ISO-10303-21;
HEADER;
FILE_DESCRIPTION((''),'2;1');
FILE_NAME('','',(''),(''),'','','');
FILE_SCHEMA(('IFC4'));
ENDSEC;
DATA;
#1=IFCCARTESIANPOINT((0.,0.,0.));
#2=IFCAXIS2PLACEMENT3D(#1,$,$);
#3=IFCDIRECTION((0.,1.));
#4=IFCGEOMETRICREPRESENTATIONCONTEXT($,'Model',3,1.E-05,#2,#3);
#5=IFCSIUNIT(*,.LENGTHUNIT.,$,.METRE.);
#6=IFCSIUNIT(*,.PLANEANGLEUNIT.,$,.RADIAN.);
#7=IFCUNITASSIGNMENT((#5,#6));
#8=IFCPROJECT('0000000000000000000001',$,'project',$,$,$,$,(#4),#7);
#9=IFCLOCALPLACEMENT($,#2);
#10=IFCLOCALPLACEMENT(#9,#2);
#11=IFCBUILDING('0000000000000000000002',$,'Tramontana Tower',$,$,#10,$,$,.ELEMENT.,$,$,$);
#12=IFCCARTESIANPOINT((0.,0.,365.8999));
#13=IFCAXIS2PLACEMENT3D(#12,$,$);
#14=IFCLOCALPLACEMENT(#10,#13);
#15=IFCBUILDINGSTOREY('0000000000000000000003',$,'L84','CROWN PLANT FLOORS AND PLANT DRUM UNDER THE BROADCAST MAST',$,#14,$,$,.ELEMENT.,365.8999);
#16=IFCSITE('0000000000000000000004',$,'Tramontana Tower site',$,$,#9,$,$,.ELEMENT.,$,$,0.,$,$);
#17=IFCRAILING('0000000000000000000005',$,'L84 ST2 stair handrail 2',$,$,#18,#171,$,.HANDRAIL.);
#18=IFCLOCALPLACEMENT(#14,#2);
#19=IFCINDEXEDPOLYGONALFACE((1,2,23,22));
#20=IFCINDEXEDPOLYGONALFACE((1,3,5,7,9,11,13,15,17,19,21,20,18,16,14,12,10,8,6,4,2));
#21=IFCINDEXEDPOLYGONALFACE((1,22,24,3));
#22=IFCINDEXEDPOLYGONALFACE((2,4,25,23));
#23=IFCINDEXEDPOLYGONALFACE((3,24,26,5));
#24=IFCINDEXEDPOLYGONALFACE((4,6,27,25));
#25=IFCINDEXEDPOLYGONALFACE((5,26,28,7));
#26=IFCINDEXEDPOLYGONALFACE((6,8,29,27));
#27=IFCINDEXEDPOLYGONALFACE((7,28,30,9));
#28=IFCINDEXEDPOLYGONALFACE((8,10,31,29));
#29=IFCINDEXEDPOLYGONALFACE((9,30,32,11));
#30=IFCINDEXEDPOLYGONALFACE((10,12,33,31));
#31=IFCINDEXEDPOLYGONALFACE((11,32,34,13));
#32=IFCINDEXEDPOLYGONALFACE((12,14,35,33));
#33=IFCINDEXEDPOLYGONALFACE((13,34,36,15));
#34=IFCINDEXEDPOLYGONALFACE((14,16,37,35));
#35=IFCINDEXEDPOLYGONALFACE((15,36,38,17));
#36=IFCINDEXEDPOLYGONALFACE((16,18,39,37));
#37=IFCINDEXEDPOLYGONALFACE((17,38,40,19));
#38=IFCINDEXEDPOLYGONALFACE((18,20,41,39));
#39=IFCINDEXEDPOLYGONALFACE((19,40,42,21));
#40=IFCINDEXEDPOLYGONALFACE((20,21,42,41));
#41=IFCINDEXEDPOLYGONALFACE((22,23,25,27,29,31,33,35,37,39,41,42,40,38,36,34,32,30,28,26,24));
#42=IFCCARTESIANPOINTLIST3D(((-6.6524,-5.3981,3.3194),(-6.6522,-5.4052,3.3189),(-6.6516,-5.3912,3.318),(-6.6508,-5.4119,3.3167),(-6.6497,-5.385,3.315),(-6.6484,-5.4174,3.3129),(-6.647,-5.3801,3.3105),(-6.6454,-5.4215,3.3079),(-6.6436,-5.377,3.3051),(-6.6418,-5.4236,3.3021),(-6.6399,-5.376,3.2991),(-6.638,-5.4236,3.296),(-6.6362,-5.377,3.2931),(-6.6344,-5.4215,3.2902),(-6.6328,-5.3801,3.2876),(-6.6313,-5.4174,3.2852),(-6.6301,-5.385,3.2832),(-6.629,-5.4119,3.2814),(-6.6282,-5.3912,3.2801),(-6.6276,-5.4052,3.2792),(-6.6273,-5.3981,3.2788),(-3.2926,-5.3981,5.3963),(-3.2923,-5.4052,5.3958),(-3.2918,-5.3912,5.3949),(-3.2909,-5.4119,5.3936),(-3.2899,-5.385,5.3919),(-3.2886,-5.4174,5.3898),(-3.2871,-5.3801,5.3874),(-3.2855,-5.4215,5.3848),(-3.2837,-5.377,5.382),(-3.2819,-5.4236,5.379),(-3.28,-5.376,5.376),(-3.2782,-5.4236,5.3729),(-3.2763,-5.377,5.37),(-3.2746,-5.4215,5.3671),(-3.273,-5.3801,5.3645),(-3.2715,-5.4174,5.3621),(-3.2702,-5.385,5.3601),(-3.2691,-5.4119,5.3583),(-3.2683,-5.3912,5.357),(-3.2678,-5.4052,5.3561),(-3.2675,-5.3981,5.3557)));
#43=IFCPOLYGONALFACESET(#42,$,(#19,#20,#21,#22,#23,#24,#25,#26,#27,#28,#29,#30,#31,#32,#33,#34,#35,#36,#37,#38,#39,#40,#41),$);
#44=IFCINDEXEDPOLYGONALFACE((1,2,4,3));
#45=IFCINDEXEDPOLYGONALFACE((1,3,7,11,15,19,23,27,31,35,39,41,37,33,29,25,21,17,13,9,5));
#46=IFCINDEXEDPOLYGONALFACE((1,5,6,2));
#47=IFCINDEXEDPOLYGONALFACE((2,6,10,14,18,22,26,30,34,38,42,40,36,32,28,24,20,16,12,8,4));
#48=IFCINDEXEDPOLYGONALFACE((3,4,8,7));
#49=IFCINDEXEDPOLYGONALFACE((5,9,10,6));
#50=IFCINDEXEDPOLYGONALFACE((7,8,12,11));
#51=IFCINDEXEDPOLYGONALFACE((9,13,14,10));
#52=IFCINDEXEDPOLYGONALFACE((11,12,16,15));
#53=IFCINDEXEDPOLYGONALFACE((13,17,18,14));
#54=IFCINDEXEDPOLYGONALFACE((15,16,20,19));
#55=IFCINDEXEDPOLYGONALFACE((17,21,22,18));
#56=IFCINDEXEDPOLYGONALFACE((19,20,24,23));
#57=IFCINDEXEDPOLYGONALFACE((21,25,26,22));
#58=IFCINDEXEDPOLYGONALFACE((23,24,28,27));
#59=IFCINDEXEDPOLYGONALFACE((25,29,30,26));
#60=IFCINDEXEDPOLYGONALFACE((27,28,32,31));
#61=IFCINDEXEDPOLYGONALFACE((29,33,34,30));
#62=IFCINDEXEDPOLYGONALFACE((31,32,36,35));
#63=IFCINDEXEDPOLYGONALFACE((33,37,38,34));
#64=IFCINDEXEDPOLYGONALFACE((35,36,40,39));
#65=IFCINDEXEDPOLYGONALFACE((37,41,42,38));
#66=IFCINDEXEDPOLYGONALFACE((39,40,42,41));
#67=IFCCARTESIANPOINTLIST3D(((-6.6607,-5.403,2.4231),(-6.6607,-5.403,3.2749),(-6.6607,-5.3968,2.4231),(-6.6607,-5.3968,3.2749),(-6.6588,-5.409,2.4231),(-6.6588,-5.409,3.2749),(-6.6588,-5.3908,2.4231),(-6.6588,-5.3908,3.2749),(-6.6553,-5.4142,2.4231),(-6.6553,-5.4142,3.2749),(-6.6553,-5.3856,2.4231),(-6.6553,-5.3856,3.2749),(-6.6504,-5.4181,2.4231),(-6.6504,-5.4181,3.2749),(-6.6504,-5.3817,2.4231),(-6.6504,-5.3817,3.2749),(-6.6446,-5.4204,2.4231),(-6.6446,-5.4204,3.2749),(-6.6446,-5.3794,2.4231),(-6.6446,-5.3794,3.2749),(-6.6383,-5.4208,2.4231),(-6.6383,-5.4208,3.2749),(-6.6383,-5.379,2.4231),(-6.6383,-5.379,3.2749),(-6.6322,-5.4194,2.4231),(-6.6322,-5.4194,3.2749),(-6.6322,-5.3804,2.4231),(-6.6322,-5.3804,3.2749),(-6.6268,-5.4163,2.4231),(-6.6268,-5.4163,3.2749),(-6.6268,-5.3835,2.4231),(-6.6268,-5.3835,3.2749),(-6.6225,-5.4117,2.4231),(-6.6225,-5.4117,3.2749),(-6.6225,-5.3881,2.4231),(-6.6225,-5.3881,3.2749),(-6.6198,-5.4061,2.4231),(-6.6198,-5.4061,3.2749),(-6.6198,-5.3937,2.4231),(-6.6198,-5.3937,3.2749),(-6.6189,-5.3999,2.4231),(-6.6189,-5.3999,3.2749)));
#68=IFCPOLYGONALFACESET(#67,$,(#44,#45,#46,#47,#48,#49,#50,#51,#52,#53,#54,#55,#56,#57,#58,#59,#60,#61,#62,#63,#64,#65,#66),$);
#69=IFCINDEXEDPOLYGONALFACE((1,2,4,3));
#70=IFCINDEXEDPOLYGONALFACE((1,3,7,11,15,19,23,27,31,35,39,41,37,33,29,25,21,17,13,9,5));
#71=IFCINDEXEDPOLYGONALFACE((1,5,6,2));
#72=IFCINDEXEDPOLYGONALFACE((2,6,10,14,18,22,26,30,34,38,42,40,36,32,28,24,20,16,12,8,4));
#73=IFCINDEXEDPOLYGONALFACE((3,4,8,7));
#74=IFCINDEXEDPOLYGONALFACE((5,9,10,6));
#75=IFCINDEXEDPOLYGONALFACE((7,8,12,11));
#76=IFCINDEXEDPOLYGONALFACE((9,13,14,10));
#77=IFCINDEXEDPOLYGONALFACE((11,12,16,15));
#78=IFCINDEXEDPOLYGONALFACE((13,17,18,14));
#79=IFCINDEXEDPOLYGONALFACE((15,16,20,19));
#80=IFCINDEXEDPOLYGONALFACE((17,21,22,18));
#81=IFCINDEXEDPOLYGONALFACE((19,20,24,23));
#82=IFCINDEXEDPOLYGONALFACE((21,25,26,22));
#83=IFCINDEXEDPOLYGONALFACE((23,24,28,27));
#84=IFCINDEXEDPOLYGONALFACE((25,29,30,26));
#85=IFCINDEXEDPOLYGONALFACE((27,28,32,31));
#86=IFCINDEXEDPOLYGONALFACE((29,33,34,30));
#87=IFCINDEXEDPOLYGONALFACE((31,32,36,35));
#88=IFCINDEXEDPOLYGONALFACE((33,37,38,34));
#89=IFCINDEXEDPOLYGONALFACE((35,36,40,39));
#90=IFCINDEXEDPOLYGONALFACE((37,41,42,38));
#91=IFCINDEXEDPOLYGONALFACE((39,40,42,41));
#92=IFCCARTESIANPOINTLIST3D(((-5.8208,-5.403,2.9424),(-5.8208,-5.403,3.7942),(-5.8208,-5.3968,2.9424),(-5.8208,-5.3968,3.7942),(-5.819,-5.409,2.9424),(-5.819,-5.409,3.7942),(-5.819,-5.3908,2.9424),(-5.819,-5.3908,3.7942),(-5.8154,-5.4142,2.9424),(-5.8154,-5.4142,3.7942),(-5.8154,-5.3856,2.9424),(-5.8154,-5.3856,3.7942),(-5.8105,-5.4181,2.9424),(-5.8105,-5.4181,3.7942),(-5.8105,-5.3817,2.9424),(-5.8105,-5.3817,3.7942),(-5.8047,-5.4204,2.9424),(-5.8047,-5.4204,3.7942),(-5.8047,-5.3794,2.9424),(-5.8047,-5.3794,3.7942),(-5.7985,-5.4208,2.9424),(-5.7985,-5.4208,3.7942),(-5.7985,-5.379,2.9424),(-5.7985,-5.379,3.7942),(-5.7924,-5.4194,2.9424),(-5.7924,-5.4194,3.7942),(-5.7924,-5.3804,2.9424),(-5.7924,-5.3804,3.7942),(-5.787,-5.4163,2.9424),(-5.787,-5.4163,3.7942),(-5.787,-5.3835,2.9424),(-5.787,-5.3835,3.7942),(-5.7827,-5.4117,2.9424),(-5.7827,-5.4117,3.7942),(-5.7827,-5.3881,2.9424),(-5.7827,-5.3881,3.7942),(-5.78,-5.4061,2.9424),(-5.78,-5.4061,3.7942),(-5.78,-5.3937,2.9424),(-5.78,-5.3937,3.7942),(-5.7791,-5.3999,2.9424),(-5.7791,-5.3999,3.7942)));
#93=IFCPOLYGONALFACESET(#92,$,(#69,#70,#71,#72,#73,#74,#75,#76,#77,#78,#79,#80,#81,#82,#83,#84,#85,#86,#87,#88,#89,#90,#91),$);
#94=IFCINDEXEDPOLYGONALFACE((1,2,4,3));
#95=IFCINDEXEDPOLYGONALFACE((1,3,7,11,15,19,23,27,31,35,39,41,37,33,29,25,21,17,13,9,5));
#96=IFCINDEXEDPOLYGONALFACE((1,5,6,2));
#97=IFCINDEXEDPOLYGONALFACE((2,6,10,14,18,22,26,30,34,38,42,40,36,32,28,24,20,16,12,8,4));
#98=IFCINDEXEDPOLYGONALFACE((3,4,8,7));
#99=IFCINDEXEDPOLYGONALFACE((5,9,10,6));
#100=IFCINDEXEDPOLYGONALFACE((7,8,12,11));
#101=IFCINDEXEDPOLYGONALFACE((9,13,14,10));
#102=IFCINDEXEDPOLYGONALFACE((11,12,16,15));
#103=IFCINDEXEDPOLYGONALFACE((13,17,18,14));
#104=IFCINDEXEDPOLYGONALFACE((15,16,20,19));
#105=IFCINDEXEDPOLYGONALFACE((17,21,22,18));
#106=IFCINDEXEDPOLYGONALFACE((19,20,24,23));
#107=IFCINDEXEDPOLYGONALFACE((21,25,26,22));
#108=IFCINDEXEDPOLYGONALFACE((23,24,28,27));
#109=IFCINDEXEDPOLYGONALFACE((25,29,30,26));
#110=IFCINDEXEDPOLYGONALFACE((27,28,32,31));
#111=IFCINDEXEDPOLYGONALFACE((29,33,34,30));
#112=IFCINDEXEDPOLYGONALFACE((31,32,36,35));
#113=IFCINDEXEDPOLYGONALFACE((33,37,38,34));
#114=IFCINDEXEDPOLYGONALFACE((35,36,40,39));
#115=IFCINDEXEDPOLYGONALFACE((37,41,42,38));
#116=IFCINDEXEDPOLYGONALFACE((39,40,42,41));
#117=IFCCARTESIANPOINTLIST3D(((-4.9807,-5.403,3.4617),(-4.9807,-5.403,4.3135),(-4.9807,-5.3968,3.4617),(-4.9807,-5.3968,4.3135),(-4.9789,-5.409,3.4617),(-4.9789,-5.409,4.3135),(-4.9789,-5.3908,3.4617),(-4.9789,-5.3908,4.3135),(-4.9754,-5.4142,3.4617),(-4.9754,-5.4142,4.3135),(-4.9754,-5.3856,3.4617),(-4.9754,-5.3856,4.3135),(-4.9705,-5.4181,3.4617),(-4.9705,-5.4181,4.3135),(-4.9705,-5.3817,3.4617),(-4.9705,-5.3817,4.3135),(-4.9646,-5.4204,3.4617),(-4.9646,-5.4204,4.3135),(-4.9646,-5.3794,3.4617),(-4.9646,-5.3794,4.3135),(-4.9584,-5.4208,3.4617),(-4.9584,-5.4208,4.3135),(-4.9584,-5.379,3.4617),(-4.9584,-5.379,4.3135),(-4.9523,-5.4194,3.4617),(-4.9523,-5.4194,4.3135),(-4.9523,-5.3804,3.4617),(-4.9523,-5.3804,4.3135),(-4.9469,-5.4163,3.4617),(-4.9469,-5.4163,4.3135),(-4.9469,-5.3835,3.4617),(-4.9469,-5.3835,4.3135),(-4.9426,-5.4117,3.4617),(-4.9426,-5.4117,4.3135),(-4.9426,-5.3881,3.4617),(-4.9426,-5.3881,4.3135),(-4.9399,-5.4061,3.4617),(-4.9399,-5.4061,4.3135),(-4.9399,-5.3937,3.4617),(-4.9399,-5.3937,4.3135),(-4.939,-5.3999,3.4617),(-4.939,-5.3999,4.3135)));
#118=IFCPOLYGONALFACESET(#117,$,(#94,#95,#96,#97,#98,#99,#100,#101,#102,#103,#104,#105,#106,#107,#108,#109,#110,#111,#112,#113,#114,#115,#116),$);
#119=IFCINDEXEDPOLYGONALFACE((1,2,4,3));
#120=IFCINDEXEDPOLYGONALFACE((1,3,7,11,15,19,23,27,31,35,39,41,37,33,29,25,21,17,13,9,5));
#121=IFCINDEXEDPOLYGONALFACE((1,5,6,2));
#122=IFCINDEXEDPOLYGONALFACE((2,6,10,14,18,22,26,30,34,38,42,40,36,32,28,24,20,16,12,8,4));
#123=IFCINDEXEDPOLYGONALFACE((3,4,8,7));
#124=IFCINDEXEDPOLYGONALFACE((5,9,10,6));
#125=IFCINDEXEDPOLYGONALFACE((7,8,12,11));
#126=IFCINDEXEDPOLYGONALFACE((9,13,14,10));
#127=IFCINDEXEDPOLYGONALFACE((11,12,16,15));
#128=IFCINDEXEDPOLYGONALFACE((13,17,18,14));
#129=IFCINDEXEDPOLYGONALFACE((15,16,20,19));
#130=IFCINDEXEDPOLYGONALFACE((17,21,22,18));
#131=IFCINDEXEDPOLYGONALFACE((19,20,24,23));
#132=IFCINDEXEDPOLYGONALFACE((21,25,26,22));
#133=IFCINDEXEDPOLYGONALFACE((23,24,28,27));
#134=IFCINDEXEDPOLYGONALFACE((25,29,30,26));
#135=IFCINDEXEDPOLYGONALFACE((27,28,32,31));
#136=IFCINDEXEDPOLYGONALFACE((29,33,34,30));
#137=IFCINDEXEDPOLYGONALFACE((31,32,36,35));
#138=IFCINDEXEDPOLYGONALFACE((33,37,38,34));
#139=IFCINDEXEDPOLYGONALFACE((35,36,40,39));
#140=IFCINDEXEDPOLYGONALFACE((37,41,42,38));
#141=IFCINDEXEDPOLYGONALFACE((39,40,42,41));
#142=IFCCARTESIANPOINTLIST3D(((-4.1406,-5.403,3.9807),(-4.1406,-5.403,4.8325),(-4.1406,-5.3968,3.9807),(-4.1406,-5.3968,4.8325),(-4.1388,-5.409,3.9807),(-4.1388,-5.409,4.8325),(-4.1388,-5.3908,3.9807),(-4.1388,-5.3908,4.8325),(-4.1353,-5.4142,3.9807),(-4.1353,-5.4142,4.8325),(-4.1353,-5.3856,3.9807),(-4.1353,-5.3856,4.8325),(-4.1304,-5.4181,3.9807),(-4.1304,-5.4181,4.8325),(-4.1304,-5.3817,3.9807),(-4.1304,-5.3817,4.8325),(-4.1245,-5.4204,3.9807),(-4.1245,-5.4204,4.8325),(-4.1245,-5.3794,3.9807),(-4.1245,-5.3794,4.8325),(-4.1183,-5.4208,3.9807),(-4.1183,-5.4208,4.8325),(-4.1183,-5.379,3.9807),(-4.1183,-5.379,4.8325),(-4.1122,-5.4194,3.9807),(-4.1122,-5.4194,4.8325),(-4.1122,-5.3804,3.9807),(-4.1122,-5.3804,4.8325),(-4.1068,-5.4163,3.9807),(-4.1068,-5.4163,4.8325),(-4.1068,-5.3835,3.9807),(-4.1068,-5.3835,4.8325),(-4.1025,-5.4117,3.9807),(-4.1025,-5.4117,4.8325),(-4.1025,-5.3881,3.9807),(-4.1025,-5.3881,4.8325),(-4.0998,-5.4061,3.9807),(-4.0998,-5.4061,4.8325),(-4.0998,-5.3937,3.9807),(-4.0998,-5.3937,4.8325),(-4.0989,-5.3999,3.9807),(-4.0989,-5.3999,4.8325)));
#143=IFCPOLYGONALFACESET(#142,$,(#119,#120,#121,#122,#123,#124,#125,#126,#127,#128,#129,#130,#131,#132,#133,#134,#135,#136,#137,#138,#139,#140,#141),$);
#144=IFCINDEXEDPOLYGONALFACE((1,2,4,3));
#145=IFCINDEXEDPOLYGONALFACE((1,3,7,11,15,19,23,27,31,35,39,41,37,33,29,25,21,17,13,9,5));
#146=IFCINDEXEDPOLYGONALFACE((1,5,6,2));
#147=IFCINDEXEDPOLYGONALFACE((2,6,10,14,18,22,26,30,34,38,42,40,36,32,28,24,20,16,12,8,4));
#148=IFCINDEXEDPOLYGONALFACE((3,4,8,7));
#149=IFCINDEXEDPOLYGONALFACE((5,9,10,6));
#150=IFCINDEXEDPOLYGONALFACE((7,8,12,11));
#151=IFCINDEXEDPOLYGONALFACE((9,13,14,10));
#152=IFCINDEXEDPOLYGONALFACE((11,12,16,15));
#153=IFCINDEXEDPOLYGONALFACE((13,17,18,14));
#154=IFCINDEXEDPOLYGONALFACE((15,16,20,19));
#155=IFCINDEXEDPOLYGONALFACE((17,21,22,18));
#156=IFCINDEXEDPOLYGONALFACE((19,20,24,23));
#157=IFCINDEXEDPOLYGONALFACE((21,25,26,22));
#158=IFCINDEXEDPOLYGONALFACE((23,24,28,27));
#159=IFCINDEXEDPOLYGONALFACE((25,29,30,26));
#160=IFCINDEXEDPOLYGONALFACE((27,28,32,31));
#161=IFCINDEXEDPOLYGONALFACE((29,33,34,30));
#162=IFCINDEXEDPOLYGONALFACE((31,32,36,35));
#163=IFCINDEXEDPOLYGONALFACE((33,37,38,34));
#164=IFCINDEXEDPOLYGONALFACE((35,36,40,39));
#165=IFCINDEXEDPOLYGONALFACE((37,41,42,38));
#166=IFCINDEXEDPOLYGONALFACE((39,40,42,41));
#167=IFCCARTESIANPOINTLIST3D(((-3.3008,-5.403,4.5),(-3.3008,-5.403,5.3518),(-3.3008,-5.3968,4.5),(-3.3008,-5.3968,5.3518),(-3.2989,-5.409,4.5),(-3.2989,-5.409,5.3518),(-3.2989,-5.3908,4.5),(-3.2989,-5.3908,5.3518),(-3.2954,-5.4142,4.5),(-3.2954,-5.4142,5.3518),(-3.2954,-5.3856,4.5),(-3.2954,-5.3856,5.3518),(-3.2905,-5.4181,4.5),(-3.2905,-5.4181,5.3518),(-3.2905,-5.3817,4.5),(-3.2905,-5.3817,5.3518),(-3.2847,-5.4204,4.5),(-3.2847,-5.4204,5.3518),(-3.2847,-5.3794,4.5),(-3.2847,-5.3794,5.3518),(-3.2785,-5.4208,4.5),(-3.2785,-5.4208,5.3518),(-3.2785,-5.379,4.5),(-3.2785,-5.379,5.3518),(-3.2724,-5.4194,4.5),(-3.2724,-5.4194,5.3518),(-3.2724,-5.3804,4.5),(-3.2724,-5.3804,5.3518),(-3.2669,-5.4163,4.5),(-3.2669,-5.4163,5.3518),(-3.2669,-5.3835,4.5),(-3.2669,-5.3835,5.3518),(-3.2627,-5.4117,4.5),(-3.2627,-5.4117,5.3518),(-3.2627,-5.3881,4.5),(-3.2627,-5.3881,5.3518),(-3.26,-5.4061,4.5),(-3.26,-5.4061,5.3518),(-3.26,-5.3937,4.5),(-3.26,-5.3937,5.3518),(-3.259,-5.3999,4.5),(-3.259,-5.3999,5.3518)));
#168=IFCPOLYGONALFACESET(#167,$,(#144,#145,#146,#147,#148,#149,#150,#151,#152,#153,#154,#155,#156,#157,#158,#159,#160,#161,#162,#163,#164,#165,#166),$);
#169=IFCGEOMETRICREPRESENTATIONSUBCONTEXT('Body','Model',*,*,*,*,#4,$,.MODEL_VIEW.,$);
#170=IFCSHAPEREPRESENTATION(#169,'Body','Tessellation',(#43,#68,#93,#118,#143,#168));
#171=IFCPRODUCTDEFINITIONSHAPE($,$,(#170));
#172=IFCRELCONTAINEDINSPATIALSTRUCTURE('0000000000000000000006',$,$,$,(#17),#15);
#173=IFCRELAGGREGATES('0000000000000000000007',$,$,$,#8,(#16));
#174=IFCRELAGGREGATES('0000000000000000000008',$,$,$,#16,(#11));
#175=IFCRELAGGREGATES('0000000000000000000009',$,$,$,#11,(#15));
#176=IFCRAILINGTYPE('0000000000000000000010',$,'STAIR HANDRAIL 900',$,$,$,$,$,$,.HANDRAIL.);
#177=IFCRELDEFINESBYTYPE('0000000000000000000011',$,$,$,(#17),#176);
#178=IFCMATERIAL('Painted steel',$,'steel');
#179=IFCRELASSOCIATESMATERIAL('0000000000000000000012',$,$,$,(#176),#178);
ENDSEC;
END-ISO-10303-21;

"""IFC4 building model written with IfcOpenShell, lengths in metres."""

from ifc_helpers import new_model, si_unit, direction, frame, origin, origin_2d, place, context, subcontext, project, spatial, circle, extrude, material, type_object, element, save


model = new_model("IFC4")

# Units and contexts
model_context = context("Model", 3, precision=1e-05, world=origin(), true_north=direction((0.0, 1.0)))
body_context = subcontext(model_context, "Body", "Model", "MODEL_VIEW")
ifc_project = project(units=[si_unit("LENGTHUNIT", "METRE"), si_unit("PLANEANGLEUNIT", "RADIAN")], contexts=[model_context])

# Site, building, storey
site_placement = place(None, origin())
site = spatial("IfcSite", under=ifc_project, at=site_placement, Name="Tramontana Tower site", CompositionType="ELEMENT", RefElevation=0.0)
building_placement = place(site_placement, origin())
building = spatial("IfcBuilding", under=site, at=building_placement, Name="Tramontana Tower", CompositionType="ELEMENT")
storey_placement = place(building_placement, frame((0.0, 0.0, 365.8999)))
storey = spatial("IfcBuildingStorey", under=building, at=storey_placement, Name="L84", Description="CROWN PLANT FLOORS AND PLANT DRUM UNDER THE BROADCAST MAST", CompositionType="ELEMENT", Elevation=365.8999)

# Railing
ifc_material_1 = material(Name="Painted steel", Category="steel")
railing_type_1 = type_object("IfcRailingType", Name="STAIR HANDRAIL 900", PredefinedType="HANDRAIL", material=ifc_material_1)
railing_1_placement = place(storey_placement, frame((-6.6399, -5.3999, 2.4231)))
element("IfcRailing", 1, at=railing_1_placement, inside=storey, type_object=railing_type_1, Name="L84 ST2 stair handrail 2", PredefinedType="HANDRAIL", context=body_context, shape_type="SweptSolid", body=[
    extrude(circle(Radius=0.0239, at=origin_2d()), frame((0.0, 0.0, 0.876), z_axis=(0.850606, 0.0, 0.525803), x_axis=(0.0, 1.0, 0.0)), (0.0, 0.0, 1.0), 3.95),
    extrude(circle(Radius=0.021, at=origin_2d()), origin(), (0.0, 0.0, 1.0), 0.8518),
    extrude(circle(Radius=0.021, at=origin_2d()), frame((0.8398, 0.0, 0.5193)), (0.0, 0.0, 1.0), 0.8518),
    extrude(circle(Radius=0.021, at=origin_2d()), frame((1.6799, 0.0, 1.0386)), (0.0, 0.0, 1.0), 0.8518),
    extrude(circle(Radius=0.021, at=origin_2d()), frame((2.52, 0.0, 1.5576)), (0.0, 0.0, 1.0), 0.8518),
    extrude(circle(Radius=0.021, at=origin_2d()), frame((3.3599, 0.0, 2.0769)), (0.0, 0.0, 1.0), 0.8518),
])

save(model, "model.ifc")
